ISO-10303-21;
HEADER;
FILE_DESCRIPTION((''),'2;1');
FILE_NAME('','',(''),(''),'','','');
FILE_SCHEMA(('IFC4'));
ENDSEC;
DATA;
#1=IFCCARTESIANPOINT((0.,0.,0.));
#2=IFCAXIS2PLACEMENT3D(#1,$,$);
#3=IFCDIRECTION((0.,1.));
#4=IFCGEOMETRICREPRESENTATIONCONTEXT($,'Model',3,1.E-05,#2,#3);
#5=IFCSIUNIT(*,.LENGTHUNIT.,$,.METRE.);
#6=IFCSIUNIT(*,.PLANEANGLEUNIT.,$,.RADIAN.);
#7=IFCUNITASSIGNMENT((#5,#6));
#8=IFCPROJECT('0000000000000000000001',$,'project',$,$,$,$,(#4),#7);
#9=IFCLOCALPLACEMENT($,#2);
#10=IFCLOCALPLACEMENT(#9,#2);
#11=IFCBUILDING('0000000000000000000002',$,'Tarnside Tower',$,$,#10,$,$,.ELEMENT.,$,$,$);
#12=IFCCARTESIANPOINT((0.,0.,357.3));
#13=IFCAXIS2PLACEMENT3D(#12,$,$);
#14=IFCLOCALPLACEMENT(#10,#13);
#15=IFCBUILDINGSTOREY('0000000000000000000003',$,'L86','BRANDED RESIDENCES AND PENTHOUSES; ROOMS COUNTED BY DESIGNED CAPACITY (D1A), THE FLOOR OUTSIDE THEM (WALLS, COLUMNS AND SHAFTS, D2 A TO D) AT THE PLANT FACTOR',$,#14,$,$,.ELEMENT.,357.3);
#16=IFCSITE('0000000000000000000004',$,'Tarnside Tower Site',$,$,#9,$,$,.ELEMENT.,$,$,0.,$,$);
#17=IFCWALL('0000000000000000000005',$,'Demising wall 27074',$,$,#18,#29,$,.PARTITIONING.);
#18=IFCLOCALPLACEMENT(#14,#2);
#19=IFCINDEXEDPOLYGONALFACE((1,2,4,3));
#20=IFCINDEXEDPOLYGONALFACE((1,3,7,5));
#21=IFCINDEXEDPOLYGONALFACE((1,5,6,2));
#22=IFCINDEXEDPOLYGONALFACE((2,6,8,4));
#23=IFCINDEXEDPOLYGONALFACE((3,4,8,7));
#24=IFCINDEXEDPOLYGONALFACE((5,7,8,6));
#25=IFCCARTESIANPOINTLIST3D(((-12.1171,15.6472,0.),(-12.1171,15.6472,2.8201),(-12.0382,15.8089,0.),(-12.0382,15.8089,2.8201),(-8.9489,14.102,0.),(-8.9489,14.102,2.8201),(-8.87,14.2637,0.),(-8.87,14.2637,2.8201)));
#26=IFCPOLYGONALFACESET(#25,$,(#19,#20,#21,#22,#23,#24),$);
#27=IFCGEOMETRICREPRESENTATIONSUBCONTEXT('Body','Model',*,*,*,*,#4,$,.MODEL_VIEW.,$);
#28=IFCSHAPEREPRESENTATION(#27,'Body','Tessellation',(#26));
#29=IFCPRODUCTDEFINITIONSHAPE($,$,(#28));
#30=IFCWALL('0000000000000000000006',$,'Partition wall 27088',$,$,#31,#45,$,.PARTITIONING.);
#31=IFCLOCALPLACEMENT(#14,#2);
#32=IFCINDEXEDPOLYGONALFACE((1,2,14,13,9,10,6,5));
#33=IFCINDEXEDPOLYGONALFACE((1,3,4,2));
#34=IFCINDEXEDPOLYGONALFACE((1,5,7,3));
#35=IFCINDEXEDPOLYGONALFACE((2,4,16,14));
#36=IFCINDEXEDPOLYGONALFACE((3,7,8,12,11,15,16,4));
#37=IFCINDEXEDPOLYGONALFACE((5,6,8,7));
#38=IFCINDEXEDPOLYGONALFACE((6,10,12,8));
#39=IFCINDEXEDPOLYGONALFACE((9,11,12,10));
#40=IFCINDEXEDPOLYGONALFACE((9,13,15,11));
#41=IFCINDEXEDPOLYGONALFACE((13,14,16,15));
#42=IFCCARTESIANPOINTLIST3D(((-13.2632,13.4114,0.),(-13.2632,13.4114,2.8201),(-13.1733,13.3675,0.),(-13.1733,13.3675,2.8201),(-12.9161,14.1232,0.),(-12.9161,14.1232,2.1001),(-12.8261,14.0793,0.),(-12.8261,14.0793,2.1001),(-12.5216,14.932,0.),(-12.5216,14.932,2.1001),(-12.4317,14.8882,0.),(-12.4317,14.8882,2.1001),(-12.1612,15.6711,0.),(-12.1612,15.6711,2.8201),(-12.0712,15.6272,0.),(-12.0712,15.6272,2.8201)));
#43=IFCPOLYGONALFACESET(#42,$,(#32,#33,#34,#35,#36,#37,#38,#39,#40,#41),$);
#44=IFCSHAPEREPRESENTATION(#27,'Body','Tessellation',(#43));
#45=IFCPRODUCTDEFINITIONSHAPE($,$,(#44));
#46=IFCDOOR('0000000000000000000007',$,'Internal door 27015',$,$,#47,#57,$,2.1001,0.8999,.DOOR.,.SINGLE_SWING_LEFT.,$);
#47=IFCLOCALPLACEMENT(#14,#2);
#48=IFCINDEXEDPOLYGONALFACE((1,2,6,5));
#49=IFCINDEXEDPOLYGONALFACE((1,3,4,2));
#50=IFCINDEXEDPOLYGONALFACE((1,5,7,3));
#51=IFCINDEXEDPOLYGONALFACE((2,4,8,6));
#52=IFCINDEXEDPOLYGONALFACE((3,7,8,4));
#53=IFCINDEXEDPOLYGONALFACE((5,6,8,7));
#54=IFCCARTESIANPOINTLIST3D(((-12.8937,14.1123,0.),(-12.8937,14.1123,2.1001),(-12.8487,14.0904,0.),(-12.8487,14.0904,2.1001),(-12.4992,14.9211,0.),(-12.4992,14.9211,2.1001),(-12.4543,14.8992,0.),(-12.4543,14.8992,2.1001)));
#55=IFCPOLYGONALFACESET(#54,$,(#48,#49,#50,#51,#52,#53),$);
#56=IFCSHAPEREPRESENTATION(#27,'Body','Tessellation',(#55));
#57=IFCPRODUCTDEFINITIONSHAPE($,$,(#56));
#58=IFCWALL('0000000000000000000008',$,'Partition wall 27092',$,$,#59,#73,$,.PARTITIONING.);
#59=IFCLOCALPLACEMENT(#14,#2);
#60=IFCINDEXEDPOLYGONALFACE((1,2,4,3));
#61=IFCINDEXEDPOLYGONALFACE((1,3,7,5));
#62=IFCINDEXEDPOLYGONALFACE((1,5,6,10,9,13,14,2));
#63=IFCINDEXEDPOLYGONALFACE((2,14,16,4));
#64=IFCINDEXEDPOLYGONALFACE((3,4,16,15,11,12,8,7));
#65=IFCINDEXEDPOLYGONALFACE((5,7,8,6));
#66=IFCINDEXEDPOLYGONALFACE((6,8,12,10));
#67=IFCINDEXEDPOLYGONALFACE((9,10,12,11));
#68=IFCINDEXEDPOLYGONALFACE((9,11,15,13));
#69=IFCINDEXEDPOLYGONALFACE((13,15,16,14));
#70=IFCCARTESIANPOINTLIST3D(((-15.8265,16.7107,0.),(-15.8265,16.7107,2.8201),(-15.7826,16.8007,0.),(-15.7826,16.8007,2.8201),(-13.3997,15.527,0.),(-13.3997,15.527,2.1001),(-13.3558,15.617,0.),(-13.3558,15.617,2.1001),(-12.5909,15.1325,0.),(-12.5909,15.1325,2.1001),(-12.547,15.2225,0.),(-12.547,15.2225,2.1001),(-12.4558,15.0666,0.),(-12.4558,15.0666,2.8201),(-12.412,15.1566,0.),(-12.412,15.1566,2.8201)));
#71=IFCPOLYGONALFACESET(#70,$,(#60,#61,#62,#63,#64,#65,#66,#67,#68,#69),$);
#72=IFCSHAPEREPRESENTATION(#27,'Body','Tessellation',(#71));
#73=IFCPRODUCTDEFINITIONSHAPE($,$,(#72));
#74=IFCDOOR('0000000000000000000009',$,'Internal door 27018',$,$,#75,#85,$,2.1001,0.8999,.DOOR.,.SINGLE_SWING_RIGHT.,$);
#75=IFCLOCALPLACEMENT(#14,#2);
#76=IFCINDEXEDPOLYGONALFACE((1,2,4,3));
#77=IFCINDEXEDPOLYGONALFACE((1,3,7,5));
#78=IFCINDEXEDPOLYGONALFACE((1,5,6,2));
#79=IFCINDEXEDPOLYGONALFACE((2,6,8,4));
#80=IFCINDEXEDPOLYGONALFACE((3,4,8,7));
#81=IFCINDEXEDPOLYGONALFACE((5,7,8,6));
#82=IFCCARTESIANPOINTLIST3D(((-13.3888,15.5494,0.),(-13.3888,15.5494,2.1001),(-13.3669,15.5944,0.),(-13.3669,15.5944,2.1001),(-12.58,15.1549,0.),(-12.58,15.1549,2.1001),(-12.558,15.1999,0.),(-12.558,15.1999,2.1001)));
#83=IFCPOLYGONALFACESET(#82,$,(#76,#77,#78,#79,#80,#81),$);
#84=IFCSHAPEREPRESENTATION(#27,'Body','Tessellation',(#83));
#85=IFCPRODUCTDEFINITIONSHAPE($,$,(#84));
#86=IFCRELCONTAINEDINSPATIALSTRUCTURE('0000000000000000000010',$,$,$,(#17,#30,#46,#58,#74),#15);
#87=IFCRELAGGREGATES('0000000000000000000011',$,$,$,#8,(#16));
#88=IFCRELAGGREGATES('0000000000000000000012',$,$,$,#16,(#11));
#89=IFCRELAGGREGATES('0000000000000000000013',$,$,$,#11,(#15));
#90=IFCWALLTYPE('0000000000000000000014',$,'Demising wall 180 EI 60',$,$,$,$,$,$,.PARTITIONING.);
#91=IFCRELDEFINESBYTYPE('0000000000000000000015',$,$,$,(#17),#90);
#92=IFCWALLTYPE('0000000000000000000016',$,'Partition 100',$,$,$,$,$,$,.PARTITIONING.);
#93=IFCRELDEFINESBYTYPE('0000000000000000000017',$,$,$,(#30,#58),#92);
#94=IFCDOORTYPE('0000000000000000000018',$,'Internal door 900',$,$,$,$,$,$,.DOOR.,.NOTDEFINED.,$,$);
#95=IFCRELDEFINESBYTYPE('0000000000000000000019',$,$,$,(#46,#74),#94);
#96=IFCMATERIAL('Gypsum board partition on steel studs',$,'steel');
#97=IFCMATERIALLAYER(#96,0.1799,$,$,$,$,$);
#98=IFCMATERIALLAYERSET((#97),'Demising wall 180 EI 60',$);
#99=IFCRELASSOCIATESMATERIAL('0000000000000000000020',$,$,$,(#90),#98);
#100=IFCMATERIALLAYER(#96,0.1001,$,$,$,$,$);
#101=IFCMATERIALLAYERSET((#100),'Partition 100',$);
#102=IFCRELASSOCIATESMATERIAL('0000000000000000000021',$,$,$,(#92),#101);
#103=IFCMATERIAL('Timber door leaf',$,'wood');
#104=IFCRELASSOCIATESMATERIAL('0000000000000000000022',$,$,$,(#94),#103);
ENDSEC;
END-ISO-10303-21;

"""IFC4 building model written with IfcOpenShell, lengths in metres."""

from ifc_helpers import new_model, si_unit, direction, frame, frame_2d, origin, place, context, subcontext, project, spatial, rectangle, extrude, material, layer, layer_set, type_object, element, fill, save


model = new_model("IFC4")

# Units and contexts
model_context = context("Model", 3, precision=1e-05, world=origin(), true_north=direction((0.0, 1.0)))
body_context = subcontext(model_context, "Body", "Model", "MODEL_VIEW")
ifc_project = project(units=[si_unit("LENGTHUNIT", "METRE"), si_unit("PLANEANGLEUNIT", "RADIAN")], contexts=[model_context])

# Site, building, storey
site_placement = place(None, origin())
site = spatial("IfcSite", under=ifc_project, at=site_placement, Name="Tarnside Tower Site", CompositionType="ELEMENT", RefElevation=0.0)
building_placement = place(site_placement, origin())
building = spatial("IfcBuilding", under=site, at=building_placement, Name="Tarnside Tower", CompositionType="ELEMENT")
storey_placement = place(building_placement, frame((0.0, 0.0, 357.3)))
storey = spatial("IfcBuildingStorey", under=building, at=storey_placement, Name="L86", Description="BRANDED RESIDENCES AND PENTHOUSES; ROOMS COUNTED BY DESIGNED CAPACITY (D1A), THE FLOOR OUTSIDE THEM (WALLS, COLUMNS AND SHAFTS, D2 A TO D) AT THE PLANT FACTOR", CompositionType="ELEMENT", Elevation=357.3)

# Shared definitions
ifc_material_1 = material(Name="Gypsum board partition on steel studs", Category="steel")
ifc_material_2 = material(Name="Timber door leaf", Category="wood")

# Wall
ifc_layer_1 = layer(ifc_material_1, 0.1799)
ifc_layer_set_1 = layer_set([ifc_layer_1], Name="Demising wall 180 EI 60")
wall_type_1 = type_object("IfcWallType", Name="Demising wall 180 EI 60", PredefinedType="PARTITIONING", material=ifc_layer_set_1)
wall_1_placement = place(storey_placement, frame((-12.0776, 15.728, 0.0), z_axis=(0.0, 0.0, 1.0), x_axis=(0.898802, -0.438354, 0.0)))
element("IfcWall", 1, at=wall_1_placement, inside=storey, type_object=wall_type_1, Name="Demising wall 27074", PredefinedType="PARTITIONING", context=body_context, shape_type="SweptSolid", body=[
    extrude(rectangle(XDim=3.5249, YDim=0.1799, at=frame_2d((1.7625, 0.0))), origin(), (0.0, 0.0, 1.0), 2.8201),
])

# Walls, openings, doors
ifc_layer_2 = layer(ifc_material_1, 0.1001)
ifc_layer_set_2 = layer_set([ifc_layer_2], Name="Partition 100")
wall_type_2 = type_object("IfcWallType", Name="Partition 100", PredefinedType="PARTITIONING", material=ifc_layer_set_2)
wall_2_placement = place(storey_placement, frame((-12.1162, 15.6492, 0.0), z_axis=(0.0, 0.0, 1.0), x_axis=(-0.438336, -0.898811, 0.0)))
wall_2 = element("IfcWall", 2, at=wall_2_placement, inside=storey, type_object=wall_type_2, Name="Partition wall 27088", PredefinedType="PARTITIONING", context=body_context, shape_type="SweptSolid", body=[
    extrude(rectangle(XDim=2.5142, YDim=0.1001, at=frame_2d((1.2571, 0.0))), origin(), (0.0, 0.0, 1.0), 2.8201),
])
opening_1_placement = place(wall_2_placement, frame((0.8223, 0.0, 0.0)))
opening_1 = element("IfcOpeningElement", 3, at=opening_1_placement, cuts=wall_2, PredefinedType="OPENING", context=body_context, shape_type="SweptSolid", body=[
    extrude(rectangle(XDim=0.8999, YDim=2.1001, at=frame_2d((0.45, 1.05))), frame((0.0, 0.0601, 0.0), z_axis=(0.0, -1.0, 0.0), x_axis=(1.0, 0.0, 0.0)), (0.0, 0.0, 1.0), 0.1201),
])
door_type_1 = type_object("IfcDoorType", Name="Internal door 900", OperationType="NOTDEFINED", PredefinedType="DOOR", material=ifc_material_2)
door_1_placement = place(opening_1_placement, origin())
door_1 = element("IfcDoor", 4, at=door_1_placement, inside=storey, type_object=door_type_1, Name="Internal door 27015", OperationType="SINGLE_SWING_LEFT", OverallHeight=2.1001, OverallWidth=0.8999, PredefinedType="DOOR", context=body_context, shape_type="SweptSolid", body=[
    extrude(rectangle(XDim=0.8999, YDim=2.1001, at=frame_2d((0.45, 1.05))), frame((0.0, 0.0249, 0.0), z_axis=(0.0, -1.0, 0.0), x_axis=(1.0, 0.0, 0.0)), (0.0, 0.0, 1.0), 0.05),
])
fill(opening_1, door_1)
wall_3_placement = place(storey_placement, frame((-15.8044, 16.7556, 0.0), z_axis=(0.0, 0.0, 1.0), x_axis=(0.898785, -0.43839, 0.0)))
wall_3 = element("IfcWall", 5, at=wall_3_placement, inside=storey, type_object=wall_type_2, Name="Partition wall 27092", PredefinedType="PARTITIONING", context=body_context, shape_type="SweptSolid", body=[
    extrude(rectangle(XDim=3.7502, YDim=0.1001, at=frame_2d((1.875, 0.0))), origin(), (0.0, 0.0, 1.0), 2.8201),
])
opening_2_placement = place(wall_3_placement, frame((2.7, 0.0, 0.0)))
opening_2 = element("IfcOpeningElement", 6, at=opening_2_placement, cuts=wall_3, PredefinedType="OPENING", context=body_context, shape_type="SweptSolid", body=[
    extrude(rectangle(XDim=0.8999, YDim=2.1001, at=frame_2d((0.45, 1.05))), frame((0.0, 0.0601, 0.0), z_axis=(0.0, -1.0, 0.0), x_axis=(1.0, 0.0, 0.0)), (0.0, 0.0, 1.0), 0.1201),
])
door_2_placement = place(opening_2_placement, origin())
door_2 = element("IfcDoor", 7, at=door_2_placement, inside=storey, type_object=door_type_1, Name="Internal door 27018", OperationType="SINGLE_SWING_RIGHT", OverallHeight=2.1001, OverallWidth=0.8999, PredefinedType="DOOR", context=body_context, shape_type="SweptSolid", body=[
    extrude(rectangle(XDim=0.8999, YDim=2.1001, at=frame_2d((0.45, 1.05))), frame((0.0, 0.0249, 0.0), z_axis=(0.0, -1.0, 0.0), x_axis=(1.0, 0.0, 0.0)), (0.0, 0.0, 1.0), 0.05),
])
fill(opening_2, door_2)

save(model, "model.ifc")
